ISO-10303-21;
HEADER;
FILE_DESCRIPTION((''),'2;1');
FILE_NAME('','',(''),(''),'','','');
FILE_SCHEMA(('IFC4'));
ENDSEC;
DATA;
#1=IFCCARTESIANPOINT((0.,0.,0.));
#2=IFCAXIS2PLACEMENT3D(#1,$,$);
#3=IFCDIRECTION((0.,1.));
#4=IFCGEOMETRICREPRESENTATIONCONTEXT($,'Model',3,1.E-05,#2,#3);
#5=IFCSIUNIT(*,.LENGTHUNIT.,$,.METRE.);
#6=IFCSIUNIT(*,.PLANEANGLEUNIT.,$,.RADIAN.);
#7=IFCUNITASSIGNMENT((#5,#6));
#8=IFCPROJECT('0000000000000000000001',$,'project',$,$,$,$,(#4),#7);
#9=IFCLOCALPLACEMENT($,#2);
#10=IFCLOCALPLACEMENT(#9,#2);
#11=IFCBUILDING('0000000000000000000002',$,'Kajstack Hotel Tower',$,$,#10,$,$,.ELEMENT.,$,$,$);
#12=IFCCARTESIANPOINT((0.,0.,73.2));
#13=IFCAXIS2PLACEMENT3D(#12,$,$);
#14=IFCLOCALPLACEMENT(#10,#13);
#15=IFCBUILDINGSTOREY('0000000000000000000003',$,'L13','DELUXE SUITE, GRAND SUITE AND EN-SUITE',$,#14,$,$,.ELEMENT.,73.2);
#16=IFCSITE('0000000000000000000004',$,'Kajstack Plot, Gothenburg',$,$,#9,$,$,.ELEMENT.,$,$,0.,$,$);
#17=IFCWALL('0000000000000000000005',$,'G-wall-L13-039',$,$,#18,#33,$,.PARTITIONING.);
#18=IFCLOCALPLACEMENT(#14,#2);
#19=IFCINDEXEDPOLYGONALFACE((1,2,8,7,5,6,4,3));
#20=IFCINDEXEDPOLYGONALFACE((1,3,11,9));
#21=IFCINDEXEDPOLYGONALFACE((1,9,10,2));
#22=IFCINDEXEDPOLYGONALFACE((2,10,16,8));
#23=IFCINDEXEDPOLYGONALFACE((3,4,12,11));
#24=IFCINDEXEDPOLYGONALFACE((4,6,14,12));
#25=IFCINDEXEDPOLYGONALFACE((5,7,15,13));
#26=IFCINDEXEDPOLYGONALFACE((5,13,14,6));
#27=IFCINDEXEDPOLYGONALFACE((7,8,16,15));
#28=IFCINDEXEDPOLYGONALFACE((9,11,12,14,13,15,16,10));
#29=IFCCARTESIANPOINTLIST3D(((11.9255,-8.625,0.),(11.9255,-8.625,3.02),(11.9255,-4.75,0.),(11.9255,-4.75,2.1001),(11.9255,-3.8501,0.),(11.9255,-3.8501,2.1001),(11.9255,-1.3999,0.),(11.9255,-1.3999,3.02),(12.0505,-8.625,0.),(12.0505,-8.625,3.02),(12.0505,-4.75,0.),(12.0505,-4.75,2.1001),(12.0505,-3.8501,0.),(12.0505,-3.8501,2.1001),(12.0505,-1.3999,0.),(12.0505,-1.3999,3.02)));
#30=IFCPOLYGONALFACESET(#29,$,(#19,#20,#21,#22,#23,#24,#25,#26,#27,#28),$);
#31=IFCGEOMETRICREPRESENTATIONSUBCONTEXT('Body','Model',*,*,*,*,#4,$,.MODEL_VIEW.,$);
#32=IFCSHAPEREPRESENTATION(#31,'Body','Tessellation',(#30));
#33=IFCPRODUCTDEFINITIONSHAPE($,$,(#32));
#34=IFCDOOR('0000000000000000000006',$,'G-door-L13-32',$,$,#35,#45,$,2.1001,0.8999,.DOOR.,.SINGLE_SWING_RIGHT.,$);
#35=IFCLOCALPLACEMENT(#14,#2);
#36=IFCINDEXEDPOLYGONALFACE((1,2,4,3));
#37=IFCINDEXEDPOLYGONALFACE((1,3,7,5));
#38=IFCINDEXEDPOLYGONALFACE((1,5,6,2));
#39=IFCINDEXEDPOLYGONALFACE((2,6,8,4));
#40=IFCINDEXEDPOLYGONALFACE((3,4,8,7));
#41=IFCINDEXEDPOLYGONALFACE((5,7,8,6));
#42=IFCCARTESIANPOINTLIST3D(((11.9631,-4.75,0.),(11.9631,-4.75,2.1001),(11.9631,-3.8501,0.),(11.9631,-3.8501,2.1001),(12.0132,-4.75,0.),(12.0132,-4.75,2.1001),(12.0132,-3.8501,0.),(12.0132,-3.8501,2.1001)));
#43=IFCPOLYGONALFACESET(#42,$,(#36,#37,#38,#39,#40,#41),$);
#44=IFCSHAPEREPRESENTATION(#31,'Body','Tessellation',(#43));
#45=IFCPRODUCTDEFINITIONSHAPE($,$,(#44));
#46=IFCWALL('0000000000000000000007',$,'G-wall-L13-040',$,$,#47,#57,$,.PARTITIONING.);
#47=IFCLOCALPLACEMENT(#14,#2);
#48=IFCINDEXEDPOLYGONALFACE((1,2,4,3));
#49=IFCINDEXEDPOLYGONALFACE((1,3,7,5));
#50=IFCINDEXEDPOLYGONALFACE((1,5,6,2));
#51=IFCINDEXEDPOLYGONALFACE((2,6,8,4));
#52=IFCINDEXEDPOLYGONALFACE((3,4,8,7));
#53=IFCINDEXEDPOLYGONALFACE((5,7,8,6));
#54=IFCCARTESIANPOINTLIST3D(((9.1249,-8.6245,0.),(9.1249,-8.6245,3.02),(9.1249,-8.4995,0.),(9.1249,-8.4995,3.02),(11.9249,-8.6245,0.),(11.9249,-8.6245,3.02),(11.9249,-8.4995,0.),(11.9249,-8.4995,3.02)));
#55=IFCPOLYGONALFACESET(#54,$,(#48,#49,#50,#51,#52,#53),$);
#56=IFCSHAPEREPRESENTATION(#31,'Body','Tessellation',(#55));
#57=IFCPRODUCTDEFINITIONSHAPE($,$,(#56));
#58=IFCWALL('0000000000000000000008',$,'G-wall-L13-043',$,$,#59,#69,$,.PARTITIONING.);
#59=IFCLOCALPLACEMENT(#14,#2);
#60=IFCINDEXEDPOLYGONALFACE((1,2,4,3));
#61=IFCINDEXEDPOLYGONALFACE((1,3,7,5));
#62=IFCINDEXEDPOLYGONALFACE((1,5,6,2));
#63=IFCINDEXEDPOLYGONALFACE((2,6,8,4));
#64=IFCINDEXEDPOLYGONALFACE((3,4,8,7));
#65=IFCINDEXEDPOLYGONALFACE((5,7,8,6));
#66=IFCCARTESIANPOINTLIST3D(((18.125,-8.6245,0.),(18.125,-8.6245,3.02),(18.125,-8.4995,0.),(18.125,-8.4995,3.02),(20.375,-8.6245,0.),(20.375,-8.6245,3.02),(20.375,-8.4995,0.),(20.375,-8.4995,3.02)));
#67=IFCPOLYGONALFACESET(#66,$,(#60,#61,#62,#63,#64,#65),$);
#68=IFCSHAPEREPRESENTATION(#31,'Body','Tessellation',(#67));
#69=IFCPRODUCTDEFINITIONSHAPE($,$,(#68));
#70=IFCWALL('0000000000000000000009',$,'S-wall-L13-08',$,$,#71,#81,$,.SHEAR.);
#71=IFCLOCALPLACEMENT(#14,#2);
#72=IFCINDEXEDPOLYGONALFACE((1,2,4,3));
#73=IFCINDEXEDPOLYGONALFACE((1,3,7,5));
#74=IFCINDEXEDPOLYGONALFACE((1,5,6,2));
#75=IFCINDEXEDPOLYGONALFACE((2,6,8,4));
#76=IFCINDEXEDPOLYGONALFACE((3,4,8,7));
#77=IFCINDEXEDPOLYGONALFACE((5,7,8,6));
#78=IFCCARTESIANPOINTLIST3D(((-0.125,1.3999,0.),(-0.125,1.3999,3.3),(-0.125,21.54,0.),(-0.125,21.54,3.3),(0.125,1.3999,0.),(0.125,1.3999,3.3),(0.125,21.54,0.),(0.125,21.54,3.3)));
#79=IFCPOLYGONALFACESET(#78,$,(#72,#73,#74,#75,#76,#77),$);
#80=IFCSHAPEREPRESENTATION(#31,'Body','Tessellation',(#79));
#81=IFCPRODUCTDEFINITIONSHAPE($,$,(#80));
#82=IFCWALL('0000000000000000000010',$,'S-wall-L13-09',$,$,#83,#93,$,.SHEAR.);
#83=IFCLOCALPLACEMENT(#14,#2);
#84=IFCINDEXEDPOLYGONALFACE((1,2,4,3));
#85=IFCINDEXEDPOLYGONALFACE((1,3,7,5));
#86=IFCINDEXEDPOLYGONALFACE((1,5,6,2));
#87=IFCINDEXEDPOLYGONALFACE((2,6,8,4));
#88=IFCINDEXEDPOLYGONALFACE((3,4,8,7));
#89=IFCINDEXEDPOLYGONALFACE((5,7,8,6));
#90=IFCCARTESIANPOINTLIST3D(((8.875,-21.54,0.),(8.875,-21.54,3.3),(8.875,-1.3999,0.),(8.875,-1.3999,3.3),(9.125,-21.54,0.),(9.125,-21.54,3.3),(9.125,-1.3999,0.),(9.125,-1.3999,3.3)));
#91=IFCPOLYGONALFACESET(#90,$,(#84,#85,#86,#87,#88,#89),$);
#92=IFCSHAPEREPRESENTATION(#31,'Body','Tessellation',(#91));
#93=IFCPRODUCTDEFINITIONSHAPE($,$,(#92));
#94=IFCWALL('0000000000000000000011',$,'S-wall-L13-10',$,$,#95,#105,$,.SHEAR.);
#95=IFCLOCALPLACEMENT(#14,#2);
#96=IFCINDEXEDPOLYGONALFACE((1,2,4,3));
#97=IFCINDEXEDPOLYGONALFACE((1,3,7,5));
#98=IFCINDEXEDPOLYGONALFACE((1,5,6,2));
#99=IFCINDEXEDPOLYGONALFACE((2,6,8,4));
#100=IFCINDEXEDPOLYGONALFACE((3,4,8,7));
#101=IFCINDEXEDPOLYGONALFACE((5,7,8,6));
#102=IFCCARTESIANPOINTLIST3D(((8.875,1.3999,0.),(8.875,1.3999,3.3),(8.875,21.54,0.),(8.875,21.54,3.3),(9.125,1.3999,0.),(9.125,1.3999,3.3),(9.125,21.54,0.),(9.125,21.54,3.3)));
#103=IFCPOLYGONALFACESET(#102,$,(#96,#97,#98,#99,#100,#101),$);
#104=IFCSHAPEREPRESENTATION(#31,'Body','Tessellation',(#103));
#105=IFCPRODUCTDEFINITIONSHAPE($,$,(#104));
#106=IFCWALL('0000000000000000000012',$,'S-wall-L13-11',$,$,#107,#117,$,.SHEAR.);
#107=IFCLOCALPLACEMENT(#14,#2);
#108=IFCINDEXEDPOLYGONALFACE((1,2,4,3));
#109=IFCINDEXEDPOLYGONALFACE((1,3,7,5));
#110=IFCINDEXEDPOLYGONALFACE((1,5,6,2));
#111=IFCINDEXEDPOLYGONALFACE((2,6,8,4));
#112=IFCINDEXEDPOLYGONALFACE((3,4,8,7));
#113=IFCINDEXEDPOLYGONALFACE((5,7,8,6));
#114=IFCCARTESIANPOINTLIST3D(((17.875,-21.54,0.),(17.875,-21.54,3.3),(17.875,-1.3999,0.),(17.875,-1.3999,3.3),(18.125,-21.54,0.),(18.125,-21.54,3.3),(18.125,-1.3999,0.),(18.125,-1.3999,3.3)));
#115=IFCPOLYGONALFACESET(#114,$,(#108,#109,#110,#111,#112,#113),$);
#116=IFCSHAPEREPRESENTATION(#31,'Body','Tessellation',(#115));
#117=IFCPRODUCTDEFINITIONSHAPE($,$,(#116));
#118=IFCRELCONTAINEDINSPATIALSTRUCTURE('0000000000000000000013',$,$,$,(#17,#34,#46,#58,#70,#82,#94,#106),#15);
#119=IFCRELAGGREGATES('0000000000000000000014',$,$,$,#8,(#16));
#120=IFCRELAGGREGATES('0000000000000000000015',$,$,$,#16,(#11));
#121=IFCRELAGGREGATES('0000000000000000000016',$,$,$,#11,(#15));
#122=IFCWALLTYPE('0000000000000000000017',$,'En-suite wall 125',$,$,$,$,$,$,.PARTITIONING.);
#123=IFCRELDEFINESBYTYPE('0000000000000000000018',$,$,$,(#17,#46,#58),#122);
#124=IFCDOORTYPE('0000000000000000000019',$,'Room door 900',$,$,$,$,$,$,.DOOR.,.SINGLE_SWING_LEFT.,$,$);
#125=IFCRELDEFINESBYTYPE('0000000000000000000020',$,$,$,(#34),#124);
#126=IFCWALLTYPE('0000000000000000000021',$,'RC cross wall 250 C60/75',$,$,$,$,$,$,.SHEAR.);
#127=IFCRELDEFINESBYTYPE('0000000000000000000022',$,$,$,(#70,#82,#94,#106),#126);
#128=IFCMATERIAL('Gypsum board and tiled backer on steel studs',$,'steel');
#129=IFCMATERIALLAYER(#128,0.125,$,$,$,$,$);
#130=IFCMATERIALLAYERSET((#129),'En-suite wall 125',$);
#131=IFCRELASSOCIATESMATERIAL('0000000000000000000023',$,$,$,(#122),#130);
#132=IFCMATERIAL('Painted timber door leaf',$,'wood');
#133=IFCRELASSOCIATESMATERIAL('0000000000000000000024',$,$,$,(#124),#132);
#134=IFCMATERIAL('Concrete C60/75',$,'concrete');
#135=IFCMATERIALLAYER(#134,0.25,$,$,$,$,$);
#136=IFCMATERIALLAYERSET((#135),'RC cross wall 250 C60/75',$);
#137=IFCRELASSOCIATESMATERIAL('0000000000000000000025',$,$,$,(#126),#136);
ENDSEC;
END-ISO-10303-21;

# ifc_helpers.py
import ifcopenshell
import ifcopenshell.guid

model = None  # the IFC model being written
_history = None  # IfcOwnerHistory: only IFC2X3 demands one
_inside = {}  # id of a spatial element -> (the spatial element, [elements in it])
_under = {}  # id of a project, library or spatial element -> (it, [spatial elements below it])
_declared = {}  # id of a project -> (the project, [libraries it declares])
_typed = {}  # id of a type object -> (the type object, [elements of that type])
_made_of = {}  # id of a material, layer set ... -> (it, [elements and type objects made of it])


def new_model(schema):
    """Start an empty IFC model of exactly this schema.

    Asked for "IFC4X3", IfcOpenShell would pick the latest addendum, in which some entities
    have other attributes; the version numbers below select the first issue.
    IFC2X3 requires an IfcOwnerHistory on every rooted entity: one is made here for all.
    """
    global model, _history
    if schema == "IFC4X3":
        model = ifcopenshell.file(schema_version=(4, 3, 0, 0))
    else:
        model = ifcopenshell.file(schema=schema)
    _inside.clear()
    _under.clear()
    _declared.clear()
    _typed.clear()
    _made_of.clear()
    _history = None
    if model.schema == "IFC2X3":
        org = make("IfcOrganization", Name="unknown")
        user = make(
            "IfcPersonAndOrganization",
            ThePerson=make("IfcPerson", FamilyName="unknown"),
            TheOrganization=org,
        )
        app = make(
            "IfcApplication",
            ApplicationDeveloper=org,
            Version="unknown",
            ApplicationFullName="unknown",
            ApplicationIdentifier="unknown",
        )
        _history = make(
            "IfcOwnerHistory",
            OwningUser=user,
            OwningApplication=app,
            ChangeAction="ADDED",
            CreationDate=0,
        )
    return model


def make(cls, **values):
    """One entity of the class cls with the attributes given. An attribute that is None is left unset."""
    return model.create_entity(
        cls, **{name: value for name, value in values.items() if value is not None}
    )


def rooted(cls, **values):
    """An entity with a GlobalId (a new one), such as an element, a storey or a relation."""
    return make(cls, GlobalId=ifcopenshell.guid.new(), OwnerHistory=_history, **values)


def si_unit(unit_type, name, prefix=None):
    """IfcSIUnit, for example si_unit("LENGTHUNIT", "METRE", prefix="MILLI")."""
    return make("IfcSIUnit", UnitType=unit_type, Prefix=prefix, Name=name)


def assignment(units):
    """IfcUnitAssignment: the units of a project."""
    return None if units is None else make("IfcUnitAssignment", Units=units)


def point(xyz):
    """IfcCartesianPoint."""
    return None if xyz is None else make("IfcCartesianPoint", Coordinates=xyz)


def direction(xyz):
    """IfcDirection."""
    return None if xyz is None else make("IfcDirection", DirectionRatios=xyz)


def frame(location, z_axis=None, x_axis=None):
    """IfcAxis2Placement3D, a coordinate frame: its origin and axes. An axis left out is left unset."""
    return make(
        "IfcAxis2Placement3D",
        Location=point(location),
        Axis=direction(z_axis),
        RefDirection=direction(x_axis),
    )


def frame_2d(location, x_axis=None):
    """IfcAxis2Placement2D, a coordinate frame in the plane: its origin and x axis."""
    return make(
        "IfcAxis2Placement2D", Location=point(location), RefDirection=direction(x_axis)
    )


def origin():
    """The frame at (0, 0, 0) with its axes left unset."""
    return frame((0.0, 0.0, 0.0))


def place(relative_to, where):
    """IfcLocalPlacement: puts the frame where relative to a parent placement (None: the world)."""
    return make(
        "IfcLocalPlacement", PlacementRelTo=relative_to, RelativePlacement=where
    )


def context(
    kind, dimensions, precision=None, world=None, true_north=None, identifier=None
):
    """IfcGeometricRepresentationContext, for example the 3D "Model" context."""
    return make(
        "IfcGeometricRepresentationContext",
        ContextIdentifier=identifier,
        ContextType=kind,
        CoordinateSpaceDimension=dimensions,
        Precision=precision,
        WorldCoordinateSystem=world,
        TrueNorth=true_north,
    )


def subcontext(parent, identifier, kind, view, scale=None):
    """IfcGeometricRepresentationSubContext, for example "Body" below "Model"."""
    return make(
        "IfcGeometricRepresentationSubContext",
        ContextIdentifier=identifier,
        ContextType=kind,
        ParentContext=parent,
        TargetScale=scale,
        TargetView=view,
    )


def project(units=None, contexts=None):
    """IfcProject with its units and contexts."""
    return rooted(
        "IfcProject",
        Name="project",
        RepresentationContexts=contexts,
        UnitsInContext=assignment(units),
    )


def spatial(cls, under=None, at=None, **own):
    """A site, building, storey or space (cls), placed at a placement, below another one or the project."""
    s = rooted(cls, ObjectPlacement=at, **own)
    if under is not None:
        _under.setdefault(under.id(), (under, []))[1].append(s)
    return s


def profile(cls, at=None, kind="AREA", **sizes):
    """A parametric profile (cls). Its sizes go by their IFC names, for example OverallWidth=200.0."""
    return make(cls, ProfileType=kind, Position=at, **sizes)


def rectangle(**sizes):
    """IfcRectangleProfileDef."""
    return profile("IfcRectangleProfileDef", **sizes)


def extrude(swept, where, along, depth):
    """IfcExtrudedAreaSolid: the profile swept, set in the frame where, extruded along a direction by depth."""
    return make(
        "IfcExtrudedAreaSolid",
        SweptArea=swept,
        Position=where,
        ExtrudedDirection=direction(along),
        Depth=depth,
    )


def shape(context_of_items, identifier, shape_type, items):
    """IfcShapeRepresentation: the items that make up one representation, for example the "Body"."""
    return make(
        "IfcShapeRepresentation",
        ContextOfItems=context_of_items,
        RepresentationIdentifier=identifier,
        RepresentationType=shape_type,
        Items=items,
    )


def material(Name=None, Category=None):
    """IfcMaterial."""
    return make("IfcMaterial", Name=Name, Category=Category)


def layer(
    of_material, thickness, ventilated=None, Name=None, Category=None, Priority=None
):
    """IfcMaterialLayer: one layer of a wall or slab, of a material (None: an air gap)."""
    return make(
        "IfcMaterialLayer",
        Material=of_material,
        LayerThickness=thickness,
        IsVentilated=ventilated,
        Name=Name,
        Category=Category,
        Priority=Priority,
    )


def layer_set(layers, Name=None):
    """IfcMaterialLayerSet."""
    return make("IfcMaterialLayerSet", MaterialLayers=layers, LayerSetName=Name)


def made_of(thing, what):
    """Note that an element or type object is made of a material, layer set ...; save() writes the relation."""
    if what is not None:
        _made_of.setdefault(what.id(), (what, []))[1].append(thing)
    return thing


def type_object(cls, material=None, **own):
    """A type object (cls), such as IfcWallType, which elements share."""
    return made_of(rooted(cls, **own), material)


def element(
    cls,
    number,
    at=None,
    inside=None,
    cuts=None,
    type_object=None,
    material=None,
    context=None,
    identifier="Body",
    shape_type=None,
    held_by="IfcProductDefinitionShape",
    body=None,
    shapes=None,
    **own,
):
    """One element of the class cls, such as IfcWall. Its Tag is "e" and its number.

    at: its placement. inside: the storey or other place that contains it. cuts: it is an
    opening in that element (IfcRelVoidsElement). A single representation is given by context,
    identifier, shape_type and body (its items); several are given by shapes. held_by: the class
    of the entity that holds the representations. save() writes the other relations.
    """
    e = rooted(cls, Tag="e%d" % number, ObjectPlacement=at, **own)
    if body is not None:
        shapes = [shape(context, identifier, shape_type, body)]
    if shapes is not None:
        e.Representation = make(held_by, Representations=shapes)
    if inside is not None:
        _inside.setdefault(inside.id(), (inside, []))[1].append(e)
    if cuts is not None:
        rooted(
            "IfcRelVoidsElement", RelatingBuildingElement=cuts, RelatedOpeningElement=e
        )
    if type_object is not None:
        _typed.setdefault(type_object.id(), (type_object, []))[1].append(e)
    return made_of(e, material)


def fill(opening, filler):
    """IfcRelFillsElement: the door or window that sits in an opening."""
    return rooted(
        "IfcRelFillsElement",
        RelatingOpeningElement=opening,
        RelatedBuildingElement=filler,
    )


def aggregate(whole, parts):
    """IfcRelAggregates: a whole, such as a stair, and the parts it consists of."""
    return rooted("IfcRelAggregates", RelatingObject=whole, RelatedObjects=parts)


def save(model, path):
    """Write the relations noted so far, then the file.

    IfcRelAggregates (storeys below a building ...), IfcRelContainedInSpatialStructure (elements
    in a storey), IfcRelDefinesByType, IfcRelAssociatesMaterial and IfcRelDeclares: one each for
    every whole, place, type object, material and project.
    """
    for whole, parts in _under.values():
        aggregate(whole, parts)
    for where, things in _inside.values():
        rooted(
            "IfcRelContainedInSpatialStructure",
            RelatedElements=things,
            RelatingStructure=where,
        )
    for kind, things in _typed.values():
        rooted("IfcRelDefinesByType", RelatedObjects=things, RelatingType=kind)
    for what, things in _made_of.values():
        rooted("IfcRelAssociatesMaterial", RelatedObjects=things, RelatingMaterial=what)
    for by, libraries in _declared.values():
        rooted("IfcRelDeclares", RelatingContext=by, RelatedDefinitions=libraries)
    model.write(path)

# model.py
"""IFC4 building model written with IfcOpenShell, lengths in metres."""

from ifc_helpers import new_model, si_unit, direction, frame, frame_2d, origin, place, context, subcontext, project, spatial, rectangle, extrude, material, layer, layer_set, type_object, element, fill, save


model = new_model("IFC4")

# Units and contexts
model_context = context("Model", 3, precision=1e-05, world=origin(), true_north=direction((0.0, 1.0)))
body_context = subcontext(model_context, "Body", "Model", "MODEL_VIEW")
ifc_project = project(units=[si_unit("LENGTHUNIT", "METRE"), si_unit("PLANEANGLEUNIT", "RADIAN")], contexts=[model_context])

# Site, building, storey
site_placement = place(None, origin())
site = spatial("IfcSite", under=ifc_project, at=site_placement, Name="Kajstack Plot, Gothenburg", CompositionType="ELEMENT", RefElevation=0.0)
building_placement = place(site_placement, origin())
building = spatial("IfcBuilding", under=site, at=building_placement, Name="Kajstack Hotel Tower", CompositionType="ELEMENT")
storey_placement = place(building_placement, frame((0.0, 0.0, 73.2)))
storey = spatial("IfcBuildingStorey", under=building, at=storey_placement, Name="L13", Description="DELUXE SUITE, GRAND SUITE AND EN-SUITE", CompositionType="ELEMENT", Elevation=73.2)

# Shared definitions
ifc_material_1 = material(Name="Gypsum board and tiled backer on steel studs", Category="steel")
ifc_layer_1 = layer(ifc_material_1, 0.125)
ifc_layer_set_1 = layer_set([ifc_layer_1], Name="En-suite wall 125")
wall_type_1 = type_object("IfcWallType", Name="En-suite wall 125", PredefinedType="PARTITIONING", material=ifc_layer_set_1)
ifc_material_2 = material(Name="Painted timber door leaf", Category="wood")
door_type = type_object("IfcDoorType", Name="Room door 900", OperationType="SINGLE_SWING_LEFT", PredefinedType="DOOR", material=ifc_material_2)

# Wall, opening, door
wall_1_placement = place(storey_placement, frame((11.988, -8.625, 0.0), z_axis=(0.0, 0.0, 1.0), x_axis=(0.0, 1.0, 0.0)))
wall_1 = element("IfcWall", 1, at=wall_1_placement, inside=storey, type_object=wall_type_1, Name="G-wall-L13-039", PredefinedType="PARTITIONING", context=body_context, shape_type="SweptSolid", body=[
    extrude(rectangle(XDim=7.2251, YDim=0.125, at=frame_2d((3.6125, 0.0))), origin(), (0.0, 0.0, 1.0), 3.02),
])
opening_1_placement = place(wall_1_placement, frame((3.875, 0.0, 0.0)))
opening_1 = element("IfcOpeningElement", 2, at=opening_1_placement, cuts=wall_1, PredefinedType="OPENING", context=body_context, shape_type="SweptSolid", body=[
    extrude(rectangle(XDim=0.8999, YDim=2.1001, at=frame_2d((0.45, 1.05))), frame((0.0, 0.0725, 0.0), z_axis=(0.0, -1.0, 0.0), x_axis=(1.0, 0.0, 0.0)), (0.0, 0.0, 1.0), 0.145),
])
door_1_placement = place(opening_1_placement, origin())
door_1 = element("IfcDoor", 3, at=door_1_placement, inside=storey, type_object=door_type, Name="G-door-L13-32", OperationType="SINGLE_SWING_RIGHT", OverallHeight=2.1001, OverallWidth=0.8999, PredefinedType="DOOR", context=body_context, shape_type="SweptSolid", body=[
    extrude(rectangle(XDim=0.8999, YDim=2.1001, at=frame_2d((0.45, 1.05))), frame((0.0, 0.0249, 0.0), z_axis=(0.0, -1.0, 0.0), x_axis=(1.0, 0.0, 0.0)), (0.0, 0.0, 1.0), 0.05),
])
fill(opening_1, door_1)

# Walls
wall_2_placement = place(storey_placement, frame((9.125, -8.562, 0.0), z_axis=(0.0, 0.0, 1.0), x_axis=(1.0, 0.0, 0.0)))
element("IfcWall", 4, at=wall_2_placement, inside=storey, type_object=wall_type_1, Name="G-wall-L13-040", PredefinedType="PARTITIONING", context=body_context, shape_type="SweptSolid", body=[
    extrude(rectangle(XDim=2.8, YDim=0.125, at=frame_2d((1.3999, 0.0))), origin(), (0.0, 0.0, 1.0), 3.02),
])
wall_3_placement = place(storey_placement, frame((18.125, -8.562, 0.0), z_axis=(0.0, 0.0, 1.0), x_axis=(1.0, 0.0, 0.0)))
element("IfcWall", 5, at=wall_3_placement, inside=storey, type_object=wall_type_1, Name="G-wall-L13-043", PredefinedType="PARTITIONING", context=body_context, shape_type="SweptSolid", body=[
    extrude(rectangle(XDim=2.25, YDim=0.125, at=frame_2d((1.125, 0.0))), origin(), (0.0, 0.0, 1.0), 3.02),
])
ifc_material_3 = material(Name="Concrete C60/75", Category="concrete")
ifc_layer_2 = layer(ifc_material_3, 0.25)
ifc_layer_set_2 = layer_set([ifc_layer_2], Name="RC cross wall 250 C60/75")
wall_type_2 = type_object("IfcWallType", Name="RC cross wall 250 C60/75", PredefinedType="SHEAR", material=ifc_layer_set_2)
for number, where, z_axis, x_axis, name in (
    (6, (0.0, 1.3999, 0.0), (0.0, 0.0, 1.0), (0.0, 1.0, 0.0), "S-wall-L13-08"),
    (7, (9.0, -21.54, 0.0), (0.0, 0.0, 1.0), (0.0, 1.0, 0.0), "S-wall-L13-09"),
    (8, (9.0, 1.3999, 0.0), (0.0, 0.0, 1.0), (0.0, 1.0, 0.0), "S-wall-L13-10"),
    (9, (18.0, -21.54, 0.0), (0.0, 0.0, 1.0), (0.0, 1.0, 0.0), "S-wall-L13-11"),
):
    element("IfcWall", number, at=place(storey_placement, frame(where, z_axis=z_axis, x_axis=x_axis)), inside=storey, type_object=wall_type_2, Name=name, PredefinedType="SHEAR", context=body_context, shape_type="SweptSolid", body=[
        extrude(rectangle(XDim=20.1401, YDim=0.25, at=frame_2d((10.0701, 0.0))), origin(), (0.0, 0.0, 1.0), 3.3),
    ])

save(model, "model.ifc")
